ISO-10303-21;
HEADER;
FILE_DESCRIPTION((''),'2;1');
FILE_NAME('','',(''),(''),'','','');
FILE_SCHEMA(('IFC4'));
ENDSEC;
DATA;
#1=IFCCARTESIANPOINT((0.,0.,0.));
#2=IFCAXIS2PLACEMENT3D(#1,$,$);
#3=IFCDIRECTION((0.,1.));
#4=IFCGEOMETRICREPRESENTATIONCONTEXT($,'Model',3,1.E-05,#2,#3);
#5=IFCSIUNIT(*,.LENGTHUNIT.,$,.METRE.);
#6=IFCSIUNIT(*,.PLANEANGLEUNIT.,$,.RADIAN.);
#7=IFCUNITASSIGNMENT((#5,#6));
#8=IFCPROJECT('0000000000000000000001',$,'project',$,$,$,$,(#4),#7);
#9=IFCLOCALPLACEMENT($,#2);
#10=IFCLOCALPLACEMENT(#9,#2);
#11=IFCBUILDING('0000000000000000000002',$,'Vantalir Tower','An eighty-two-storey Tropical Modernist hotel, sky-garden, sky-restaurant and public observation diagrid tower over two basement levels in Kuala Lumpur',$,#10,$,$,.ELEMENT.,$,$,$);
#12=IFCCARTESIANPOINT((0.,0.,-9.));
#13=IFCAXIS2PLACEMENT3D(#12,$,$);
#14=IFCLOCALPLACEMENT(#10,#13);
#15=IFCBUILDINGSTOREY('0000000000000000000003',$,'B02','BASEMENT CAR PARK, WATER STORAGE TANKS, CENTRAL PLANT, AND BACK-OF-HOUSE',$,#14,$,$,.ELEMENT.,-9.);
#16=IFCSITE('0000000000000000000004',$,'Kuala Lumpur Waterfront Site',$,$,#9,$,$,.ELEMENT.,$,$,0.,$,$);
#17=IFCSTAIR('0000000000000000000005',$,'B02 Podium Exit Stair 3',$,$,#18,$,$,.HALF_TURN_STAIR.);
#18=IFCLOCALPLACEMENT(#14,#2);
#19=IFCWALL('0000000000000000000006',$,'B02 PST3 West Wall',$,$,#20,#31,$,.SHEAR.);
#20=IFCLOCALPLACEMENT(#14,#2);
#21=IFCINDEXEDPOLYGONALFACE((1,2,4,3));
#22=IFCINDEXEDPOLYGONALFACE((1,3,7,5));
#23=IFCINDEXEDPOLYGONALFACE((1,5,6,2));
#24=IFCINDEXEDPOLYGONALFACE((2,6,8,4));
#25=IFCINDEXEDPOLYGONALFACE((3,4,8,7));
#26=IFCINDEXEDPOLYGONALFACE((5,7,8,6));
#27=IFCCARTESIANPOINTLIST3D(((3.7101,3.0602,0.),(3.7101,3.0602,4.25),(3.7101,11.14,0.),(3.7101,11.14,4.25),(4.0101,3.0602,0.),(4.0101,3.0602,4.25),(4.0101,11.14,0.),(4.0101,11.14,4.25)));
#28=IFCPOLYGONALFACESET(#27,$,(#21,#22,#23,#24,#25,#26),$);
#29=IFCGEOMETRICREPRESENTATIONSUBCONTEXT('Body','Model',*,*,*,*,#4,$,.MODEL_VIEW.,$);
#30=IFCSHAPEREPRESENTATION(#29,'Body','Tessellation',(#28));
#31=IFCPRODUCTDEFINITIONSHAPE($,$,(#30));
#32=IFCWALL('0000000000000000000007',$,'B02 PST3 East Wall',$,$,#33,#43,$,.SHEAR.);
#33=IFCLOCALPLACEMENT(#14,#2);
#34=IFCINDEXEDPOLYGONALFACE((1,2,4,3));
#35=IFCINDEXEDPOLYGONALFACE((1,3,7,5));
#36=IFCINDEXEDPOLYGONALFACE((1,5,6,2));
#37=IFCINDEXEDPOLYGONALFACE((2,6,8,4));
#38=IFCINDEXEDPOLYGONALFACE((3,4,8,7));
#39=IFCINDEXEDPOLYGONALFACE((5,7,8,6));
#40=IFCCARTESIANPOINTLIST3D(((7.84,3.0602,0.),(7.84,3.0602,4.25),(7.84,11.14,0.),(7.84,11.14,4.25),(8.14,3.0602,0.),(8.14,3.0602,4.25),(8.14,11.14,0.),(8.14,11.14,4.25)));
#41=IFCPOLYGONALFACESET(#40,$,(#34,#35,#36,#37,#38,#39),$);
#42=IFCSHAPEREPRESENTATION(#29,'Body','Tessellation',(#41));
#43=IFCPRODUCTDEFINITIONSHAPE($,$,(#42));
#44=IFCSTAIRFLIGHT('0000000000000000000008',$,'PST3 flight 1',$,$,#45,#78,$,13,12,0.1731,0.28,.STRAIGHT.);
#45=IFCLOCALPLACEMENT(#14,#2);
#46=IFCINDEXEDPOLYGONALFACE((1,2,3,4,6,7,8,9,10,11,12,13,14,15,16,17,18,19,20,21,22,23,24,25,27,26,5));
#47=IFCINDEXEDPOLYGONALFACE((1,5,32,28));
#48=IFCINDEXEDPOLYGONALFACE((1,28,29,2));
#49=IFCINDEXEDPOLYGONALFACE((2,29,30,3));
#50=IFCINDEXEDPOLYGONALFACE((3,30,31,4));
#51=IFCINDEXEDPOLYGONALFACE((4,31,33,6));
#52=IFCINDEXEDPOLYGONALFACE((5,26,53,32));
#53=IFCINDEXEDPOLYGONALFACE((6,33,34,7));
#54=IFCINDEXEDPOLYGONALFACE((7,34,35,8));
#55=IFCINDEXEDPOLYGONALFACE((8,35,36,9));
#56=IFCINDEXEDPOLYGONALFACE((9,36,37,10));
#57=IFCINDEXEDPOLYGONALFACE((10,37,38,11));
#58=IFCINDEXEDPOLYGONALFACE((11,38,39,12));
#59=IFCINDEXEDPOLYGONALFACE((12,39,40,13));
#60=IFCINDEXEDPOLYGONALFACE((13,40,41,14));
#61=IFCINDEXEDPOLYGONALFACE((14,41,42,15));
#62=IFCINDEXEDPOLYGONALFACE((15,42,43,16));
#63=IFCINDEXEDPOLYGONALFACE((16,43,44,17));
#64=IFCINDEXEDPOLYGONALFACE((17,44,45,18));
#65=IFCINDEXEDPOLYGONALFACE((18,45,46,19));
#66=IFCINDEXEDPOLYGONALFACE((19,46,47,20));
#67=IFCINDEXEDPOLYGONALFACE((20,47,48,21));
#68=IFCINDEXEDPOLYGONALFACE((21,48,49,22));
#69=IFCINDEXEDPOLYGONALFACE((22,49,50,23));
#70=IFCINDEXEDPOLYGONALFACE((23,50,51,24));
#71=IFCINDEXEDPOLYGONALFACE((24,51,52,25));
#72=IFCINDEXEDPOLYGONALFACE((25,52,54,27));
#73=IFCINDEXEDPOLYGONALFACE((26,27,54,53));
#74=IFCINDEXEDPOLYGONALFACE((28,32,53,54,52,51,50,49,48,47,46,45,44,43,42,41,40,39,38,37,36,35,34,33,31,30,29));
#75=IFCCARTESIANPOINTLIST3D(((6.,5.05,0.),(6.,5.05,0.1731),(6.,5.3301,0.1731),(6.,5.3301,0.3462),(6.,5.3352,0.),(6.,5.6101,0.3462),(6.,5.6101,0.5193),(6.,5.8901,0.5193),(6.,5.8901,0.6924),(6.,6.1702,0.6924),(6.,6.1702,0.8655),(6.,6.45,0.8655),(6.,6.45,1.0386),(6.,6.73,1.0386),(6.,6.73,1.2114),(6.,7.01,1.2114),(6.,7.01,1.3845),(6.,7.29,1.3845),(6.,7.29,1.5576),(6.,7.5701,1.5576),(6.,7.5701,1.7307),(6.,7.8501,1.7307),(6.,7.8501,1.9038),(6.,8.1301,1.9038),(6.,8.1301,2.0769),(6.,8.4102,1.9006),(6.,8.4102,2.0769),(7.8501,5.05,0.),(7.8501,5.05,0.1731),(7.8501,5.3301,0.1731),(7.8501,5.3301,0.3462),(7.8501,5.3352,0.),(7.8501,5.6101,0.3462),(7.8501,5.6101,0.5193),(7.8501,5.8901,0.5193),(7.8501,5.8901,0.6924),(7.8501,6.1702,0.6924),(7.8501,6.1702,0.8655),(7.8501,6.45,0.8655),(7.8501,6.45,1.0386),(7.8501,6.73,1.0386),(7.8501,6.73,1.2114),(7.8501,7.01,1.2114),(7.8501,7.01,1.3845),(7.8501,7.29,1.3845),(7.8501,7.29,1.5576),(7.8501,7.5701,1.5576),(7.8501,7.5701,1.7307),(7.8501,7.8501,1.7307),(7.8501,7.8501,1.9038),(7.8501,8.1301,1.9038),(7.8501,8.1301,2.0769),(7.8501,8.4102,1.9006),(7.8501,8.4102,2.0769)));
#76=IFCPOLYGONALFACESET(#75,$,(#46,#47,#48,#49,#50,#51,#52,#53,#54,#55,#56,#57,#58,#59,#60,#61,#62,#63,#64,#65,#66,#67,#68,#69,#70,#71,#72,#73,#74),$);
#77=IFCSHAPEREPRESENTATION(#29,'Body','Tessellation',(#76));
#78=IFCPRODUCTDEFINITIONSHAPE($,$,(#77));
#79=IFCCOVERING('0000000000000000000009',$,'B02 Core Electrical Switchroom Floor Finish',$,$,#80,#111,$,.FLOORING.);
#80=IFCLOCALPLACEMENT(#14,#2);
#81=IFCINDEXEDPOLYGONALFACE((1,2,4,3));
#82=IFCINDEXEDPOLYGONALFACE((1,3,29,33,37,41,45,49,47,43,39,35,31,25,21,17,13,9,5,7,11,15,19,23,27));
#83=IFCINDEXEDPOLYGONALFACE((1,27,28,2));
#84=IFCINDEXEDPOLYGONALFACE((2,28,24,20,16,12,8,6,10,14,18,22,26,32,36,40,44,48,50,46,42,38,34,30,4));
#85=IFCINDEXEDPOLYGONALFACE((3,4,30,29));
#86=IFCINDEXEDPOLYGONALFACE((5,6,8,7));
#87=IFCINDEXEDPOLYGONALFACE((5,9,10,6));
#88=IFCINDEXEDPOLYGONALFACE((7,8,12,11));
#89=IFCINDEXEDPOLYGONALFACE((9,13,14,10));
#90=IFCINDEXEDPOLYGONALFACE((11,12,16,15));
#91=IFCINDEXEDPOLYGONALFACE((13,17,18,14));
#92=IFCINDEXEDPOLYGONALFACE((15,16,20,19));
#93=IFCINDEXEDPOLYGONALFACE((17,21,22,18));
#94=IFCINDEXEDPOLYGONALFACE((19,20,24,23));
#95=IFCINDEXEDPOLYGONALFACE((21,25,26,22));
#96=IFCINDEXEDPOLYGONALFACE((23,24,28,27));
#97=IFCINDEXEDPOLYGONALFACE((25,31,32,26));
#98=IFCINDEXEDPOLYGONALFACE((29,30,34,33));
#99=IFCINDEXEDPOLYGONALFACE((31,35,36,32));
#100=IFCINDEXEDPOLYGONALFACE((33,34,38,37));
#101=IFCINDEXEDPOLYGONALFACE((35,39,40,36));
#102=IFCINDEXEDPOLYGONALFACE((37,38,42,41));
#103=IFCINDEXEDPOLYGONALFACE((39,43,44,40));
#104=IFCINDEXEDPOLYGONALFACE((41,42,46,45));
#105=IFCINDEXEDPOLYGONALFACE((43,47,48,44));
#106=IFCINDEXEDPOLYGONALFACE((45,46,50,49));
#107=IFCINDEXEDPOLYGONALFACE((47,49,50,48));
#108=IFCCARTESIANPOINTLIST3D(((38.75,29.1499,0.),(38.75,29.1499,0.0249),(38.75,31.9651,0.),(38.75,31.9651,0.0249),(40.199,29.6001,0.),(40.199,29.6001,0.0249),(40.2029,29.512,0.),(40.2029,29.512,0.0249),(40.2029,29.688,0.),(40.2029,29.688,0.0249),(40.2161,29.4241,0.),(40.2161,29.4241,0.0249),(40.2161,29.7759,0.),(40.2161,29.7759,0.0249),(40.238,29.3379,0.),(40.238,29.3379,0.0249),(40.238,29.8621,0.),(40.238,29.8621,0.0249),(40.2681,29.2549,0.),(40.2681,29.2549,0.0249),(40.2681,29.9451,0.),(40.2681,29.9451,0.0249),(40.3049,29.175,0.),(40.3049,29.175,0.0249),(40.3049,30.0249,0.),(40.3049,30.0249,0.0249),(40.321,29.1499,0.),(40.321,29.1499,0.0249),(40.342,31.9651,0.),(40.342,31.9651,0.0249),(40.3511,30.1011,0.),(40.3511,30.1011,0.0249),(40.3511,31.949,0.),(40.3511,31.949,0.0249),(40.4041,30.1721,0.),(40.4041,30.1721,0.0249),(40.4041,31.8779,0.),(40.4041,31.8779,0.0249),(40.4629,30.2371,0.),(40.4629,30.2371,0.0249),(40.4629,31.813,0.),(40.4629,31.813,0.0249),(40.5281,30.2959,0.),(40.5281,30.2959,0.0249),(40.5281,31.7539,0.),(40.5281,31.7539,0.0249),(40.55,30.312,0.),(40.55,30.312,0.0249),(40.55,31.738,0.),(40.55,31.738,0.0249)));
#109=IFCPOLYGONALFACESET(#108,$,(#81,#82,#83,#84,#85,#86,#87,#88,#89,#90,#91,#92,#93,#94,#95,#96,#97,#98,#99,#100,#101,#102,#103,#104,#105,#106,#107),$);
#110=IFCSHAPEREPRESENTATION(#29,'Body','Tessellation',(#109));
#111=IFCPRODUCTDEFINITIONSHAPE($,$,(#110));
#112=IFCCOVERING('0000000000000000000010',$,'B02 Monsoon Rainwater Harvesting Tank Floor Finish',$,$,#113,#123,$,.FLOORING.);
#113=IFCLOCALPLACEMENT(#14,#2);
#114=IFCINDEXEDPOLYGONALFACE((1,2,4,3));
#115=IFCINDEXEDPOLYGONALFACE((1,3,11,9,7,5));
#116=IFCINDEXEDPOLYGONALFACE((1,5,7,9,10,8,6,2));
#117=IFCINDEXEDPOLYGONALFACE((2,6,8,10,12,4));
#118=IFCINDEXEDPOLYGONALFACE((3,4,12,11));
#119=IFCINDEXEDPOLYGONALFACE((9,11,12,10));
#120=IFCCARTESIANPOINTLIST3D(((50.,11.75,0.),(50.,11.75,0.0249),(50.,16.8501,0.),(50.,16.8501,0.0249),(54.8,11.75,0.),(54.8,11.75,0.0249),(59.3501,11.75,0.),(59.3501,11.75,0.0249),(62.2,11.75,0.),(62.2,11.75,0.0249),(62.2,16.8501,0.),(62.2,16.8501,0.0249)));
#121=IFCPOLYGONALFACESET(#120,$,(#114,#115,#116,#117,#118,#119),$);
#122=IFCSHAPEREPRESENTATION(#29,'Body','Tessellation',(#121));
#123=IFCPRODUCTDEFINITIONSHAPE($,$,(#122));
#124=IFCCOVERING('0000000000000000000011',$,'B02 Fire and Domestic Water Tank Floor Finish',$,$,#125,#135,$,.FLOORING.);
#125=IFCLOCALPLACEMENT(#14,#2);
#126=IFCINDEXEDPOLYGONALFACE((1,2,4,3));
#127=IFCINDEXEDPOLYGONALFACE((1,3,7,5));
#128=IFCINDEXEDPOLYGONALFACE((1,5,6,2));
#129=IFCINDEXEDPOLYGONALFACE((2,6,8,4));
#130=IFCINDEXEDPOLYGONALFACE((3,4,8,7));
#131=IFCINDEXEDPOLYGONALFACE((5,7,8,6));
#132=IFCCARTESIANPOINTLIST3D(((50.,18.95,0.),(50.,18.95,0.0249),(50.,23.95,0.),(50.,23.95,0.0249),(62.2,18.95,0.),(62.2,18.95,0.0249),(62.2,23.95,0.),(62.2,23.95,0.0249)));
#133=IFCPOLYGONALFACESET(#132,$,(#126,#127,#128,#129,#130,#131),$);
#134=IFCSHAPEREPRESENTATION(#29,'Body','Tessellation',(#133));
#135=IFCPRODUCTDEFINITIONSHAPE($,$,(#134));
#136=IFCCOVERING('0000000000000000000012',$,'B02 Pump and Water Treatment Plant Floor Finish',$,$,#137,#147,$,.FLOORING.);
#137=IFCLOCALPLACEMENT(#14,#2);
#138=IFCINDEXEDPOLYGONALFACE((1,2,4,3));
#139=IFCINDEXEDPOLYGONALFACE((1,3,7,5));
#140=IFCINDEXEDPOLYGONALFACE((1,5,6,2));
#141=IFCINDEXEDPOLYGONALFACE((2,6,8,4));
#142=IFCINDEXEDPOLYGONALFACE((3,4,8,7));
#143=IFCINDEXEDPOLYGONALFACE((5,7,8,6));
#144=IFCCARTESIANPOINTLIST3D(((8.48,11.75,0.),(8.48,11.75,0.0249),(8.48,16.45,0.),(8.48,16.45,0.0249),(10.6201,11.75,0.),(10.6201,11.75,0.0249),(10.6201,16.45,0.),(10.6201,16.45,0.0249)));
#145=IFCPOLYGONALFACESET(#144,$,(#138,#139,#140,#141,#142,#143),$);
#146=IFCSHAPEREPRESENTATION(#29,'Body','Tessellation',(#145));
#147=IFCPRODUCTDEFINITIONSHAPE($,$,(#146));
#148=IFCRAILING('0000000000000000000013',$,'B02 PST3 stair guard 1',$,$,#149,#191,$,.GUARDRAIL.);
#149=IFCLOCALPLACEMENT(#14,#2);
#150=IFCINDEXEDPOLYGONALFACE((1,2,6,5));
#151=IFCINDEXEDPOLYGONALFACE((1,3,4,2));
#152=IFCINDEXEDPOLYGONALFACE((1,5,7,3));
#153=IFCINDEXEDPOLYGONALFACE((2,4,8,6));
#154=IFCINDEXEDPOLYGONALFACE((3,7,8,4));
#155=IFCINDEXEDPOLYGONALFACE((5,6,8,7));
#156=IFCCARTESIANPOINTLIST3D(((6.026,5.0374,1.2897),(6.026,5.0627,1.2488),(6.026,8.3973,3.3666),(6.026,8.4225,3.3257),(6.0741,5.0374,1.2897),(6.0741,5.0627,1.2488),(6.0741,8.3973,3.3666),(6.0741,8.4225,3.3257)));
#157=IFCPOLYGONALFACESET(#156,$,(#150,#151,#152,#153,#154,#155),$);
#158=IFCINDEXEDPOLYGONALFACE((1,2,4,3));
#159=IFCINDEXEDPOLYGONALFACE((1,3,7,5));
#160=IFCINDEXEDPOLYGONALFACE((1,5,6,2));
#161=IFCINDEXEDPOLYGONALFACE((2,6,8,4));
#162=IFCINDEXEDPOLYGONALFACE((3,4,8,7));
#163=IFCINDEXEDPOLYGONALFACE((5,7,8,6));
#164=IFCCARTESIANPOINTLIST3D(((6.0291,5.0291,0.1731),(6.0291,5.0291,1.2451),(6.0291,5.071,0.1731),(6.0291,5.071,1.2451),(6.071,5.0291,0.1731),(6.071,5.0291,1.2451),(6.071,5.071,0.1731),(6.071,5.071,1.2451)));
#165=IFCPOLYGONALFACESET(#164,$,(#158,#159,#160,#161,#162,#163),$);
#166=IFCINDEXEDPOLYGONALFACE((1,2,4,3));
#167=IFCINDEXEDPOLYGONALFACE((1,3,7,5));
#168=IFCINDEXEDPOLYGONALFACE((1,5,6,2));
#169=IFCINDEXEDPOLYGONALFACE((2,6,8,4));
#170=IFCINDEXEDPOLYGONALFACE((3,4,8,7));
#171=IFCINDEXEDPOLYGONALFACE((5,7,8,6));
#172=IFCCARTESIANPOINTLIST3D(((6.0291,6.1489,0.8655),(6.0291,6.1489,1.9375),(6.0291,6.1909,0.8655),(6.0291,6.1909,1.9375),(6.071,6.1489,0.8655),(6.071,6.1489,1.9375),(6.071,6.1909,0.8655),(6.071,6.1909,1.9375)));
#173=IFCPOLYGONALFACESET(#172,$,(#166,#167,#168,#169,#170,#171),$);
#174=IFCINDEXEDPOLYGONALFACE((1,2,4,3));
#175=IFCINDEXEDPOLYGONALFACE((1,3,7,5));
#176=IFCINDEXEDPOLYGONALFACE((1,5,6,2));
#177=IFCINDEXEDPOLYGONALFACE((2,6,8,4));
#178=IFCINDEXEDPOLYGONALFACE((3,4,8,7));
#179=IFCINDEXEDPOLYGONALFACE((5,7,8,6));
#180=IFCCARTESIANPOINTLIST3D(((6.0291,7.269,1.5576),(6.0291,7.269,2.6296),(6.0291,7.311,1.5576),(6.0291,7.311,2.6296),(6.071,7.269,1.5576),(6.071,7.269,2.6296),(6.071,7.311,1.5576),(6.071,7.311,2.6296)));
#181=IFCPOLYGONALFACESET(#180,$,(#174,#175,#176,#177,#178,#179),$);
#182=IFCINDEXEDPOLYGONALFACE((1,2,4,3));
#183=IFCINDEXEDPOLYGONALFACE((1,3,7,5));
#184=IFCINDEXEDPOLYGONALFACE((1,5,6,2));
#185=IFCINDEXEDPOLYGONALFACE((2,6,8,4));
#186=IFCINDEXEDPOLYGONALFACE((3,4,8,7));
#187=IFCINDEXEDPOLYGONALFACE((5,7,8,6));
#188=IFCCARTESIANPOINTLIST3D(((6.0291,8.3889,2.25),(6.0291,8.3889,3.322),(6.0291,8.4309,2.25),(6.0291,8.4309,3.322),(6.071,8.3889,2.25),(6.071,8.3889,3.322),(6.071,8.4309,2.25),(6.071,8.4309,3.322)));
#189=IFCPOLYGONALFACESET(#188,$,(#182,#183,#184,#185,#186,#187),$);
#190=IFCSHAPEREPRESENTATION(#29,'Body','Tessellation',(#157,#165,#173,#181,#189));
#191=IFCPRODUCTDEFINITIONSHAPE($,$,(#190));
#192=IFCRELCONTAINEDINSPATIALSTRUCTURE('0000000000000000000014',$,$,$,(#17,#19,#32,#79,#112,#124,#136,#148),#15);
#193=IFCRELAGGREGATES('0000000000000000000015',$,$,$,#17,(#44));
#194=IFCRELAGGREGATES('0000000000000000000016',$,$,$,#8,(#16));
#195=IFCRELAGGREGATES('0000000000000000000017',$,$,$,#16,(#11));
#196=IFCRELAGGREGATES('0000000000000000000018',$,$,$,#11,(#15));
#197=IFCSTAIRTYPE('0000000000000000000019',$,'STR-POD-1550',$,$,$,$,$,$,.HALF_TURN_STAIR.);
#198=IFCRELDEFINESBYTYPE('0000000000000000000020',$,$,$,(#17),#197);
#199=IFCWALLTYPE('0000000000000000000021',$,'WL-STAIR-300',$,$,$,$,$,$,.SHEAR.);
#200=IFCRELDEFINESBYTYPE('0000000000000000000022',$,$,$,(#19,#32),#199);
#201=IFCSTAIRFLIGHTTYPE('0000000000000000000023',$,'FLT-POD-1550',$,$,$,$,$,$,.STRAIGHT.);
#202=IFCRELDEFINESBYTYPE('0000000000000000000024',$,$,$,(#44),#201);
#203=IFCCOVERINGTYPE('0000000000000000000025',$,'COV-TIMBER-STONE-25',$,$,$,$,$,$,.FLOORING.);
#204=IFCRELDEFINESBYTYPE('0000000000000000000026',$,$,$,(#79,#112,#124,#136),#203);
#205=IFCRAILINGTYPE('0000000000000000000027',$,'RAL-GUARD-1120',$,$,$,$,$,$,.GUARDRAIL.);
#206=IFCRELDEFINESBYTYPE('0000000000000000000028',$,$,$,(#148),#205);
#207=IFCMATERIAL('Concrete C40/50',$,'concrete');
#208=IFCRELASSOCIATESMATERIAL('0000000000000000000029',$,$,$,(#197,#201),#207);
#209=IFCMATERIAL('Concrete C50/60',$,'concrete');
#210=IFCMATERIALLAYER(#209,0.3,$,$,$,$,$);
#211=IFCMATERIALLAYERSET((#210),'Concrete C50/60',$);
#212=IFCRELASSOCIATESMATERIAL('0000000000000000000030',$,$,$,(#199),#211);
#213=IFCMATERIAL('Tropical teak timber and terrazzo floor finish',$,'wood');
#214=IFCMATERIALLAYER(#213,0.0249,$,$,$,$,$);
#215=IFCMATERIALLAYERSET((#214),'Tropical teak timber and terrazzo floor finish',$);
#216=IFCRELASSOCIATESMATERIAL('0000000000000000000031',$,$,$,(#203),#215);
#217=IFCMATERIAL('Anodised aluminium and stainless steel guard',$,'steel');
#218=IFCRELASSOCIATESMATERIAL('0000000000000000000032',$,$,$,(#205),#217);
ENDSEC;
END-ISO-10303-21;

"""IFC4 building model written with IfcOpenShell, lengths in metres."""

from ifc_helpers import new_model, si_unit, direction, frame, frame_2d, origin, origin_2d, place, context, subcontext, project, spatial, polyline, rectangle, outline, extrude, material, layer, layer_set, type_object, element, aggregate, save


model = new_model("IFC4")

# Units and contexts
model_context = context("Model", 3, precision=1e-05, world=origin(), true_north=direction((0.0, 1.0)))
body_context = subcontext(model_context, "Body", "Model", "MODEL_VIEW")
ifc_project = project(units=[si_unit("LENGTHUNIT", "METRE"), si_unit("PLANEANGLEUNIT", "RADIAN")], contexts=[model_context])

# Site, building, storey
site_placement = place(None, origin())
site = spatial("IfcSite", under=ifc_project, at=site_placement, Name="Kuala Lumpur Waterfront Site", CompositionType="ELEMENT", RefElevation=0.0)
building_placement = place(site_placement, origin())
building = spatial("IfcBuilding", under=site, at=building_placement, Name="Vantalir Tower", Description="An eighty-two-storey Tropical Modernist hotel, sky-garden, sky-restaurant and public observation diagrid tower over two basement levels in Kuala Lumpur", CompositionType="ELEMENT")
storey_placement = place(building_placement, frame((0.0, 0.0, -9.0)))
storey = spatial("IfcBuildingStorey", under=building, at=storey_placement, Name="B02", Description="BASEMENT CAR PARK, WATER STORAGE TANKS, CENTRAL PLANT, AND BACK-OF-HOUSE", CompositionType="ELEMENT", Elevation=-9.0)

# Shared definitions
ifc_material_1 = material(Name="Concrete C50/60", Category="concrete")

# Stair
ifc_material_2 = material(Name="Concrete C40/50", Category="concrete")
stair_type_1 = type_object("IfcStairType", Name="STR-POD-1550", PredefinedType="HALF_TURN_STAIR", material=ifc_material_2)
stair_1_placement = place(storey_placement, origin())
stair_1 = element("IfcStair", 1, at=stair_1_placement, inside=storey, type_object=stair_type_1, Name="B02 Podium Exit Stair 3", PredefinedType="HALF_TURN_STAIR")

# Shared definitions
ifc_layer_1 = layer(ifc_material_1, 0.3)
ifc_layer_set_1 = layer_set([ifc_layer_1], Name="Concrete C50/60")
wall_type_1 = type_object("IfcWallType", Name="WL-STAIR-300", PredefinedType="SHEAR", material=ifc_layer_set_1)

# Walls
for number, where, z_axis, x_axis, name in (
    (2, (3.8601, 3.0601, 0.0), (0.0, 0.0, 1.0), (0.0, 1.0, 0.0), "B02 PST3 West Wall"),
    (3, (7.99, 3.0601, 0.0), (0.0, 0.0, 1.0), (0.0, 1.0, 0.0), "B02 PST3 East Wall"),
):
    element("IfcWall", number, at=place(storey_placement, frame(where, z_axis=z_axis, x_axis=x_axis)), inside=storey, type_object=wall_type_1, Name=name, PredefinedType="SHEAR", context=body_context, shape_type="SweptSolid", body=[
        extrude(rectangle(XDim=8.0798, YDim=0.3, at=frame_2d((4.04, 0.0))), origin(), (0.0, 0.0, 1.0), 4.25),
    ])

# Stair flight
stair_flight_type = type_object("IfcStairFlightType", Name="FLT-POD-1550", PredefinedType="STRAIGHT", material=ifc_material_2)
stair_flight_placement = place(storey_placement, frame((6.925, 5.05, 0.0), z_axis=(0.0, 0.0, 1.0), x_axis=(0.0, 1.0, 0.0)))
stair_flight = element("IfcStairFlight", 4, at=stair_flight_placement, type_object=stair_flight_type, Name="PST3 flight 1", NumberOfRisers=13, NumberOfTreads=12, PredefinedType="STRAIGHT", RiserHeight=0.1731, TreadLength=0.28, context=body_context, shape_type="SweptSolid", body=[
    extrude(outline(polyline([(0.0, 0.0), (0.0, 0.1731), (0.28, 0.1731), (0.28, 0.3462), (0.5601, 0.3462), (0.5601, 0.5193), (0.8401, 0.5193), (0.8401, 0.6924), (1.1201, 0.6924), (1.1201, 0.8655), (1.3999, 0.8655), (1.3999, 1.0386), (1.6799, 1.0386), (1.6799, 1.2114), (1.96, 1.2114), (1.96, 1.3845), (2.24, 1.3845), (2.24, 1.5576), (2.52, 1.5576), (2.52, 1.7307), (2.8, 1.7307), (2.8, 1.9038), (3.0801, 1.9038), (3.0801, 2.0769), (3.3601, 2.0769), (3.3601, 2.25), (3.3601, 1.9006), (0.2852, 0.0), (0.0, 0.0)])), frame((0.0, 0.925, 0.0), z_axis=(0.0, -1.0, 0.0), x_axis=(1.0, 0.0, 0.0)), (0.0, 0.0, 1.0), 1.8501),
])
aggregate(stair_1, [stair_flight])

# Coverings
ifc_material_3 = material(Name="Tropical teak timber and terrazzo floor finish", Category="wood")
ifc_layer_2 = layer(ifc_material_3, 0.0249)
ifc_layer_set_2 = layer_set([ifc_layer_2], Name="Tropical teak timber and terrazzo floor finish")
covering_type = type_object("IfcCoveringType", Name="COV-TIMBER-STONE-25", PredefinedType="FLOORING", material=ifc_layer_set_2)
covering_1_placement = place(storey_placement, origin())
element("IfcCovering", 5, at=covering_1_placement, inside=storey, type_object=covering_type, Name="B02 Core Electrical Switchroom Floor Finish", PredefinedType="FLOORING", context=body_context, shape_type="SweptSolid", body=[
    extrude(outline(polyline([(40.55, 31.738), (40.5281, 31.7539), (40.4629, 31.813), (40.4041, 31.8779), (40.3511, 31.949), (40.342, 31.9651), (38.75, 31.9651), (38.75, 29.1499), (40.321, 29.1499), (40.3049, 29.175), (40.2681, 29.2549), (40.238, 29.3379), (40.2161, 29.4241), (40.2029, 29.512), (40.199, 29.6001), (40.2029, 29.688), (40.2161, 29.7759), (40.238, 29.8621), (40.2681, 29.9451), (40.3049, 30.0249), (40.3511, 30.1011), (40.4041, 30.1721), (40.4629, 30.2371), (40.5281, 30.2959), (40.55, 30.312), (40.55, 31.738)])), origin(), (0.0, 0.0, 1.0), 0.0249),
])
covering_2_placement = place(storey_placement, origin())
element("IfcCovering", 6, at=covering_2_placement, inside=storey, type_object=covering_type, Name="B02 Monsoon Rainwater Harvesting Tank Floor Finish", PredefinedType="FLOORING", context=body_context, shape_type="SweptSolid", body=[
    extrude(outline(polyline([(62.2, 16.8501), (50.0, 16.8501), (50.0, 11.75), (54.8, 11.75), (59.3501, 11.75), (62.2, 11.75), (62.2, 16.8501)])), origin(), (0.0, 0.0, 1.0), 0.0249),
])
covering_3_placement = place(storey_placement, origin())
element("IfcCovering", 7, at=covering_3_placement, inside=storey, type_object=covering_type, Name="B02 Fire and Domestic Water Tank Floor Finish", PredefinedType="FLOORING", context=body_context, shape_type="SweptSolid", body=[
    extrude(outline(polyline([(62.2, 23.95), (50.0, 23.95), (50.0, 18.95), (62.2, 18.95), (62.2, 23.95)])), origin(), (0.0, 0.0, 1.0), 0.0249),
])
covering_4_placement = place(storey_placement, origin())
element("IfcCovering", 8, at=covering_4_placement, inside=storey, type_object=covering_type, Name="B02 Pump and Water Treatment Plant Floor Finish", PredefinedType="FLOORING", context=body_context, shape_type="SweptSolid", body=[
    extrude(outline(polyline([(10.6201, 16.45), (8.48, 16.45), (8.48, 11.75), (10.6201, 11.75), (10.6201, 16.45)])), origin(), (0.0, 0.0, 1.0), 0.0249),
])

# Railing
ifc_material_4 = material(Name="Anodised aluminium and stainless steel guard", Category="steel")
railing_type = type_object("IfcRailingType", Name="RAL-GUARD-1120", PredefinedType="GUARDRAIL", material=ifc_material_4)
railing_1_placement = place(storey_placement, frame((6.05, 5.05, 0.1731)))
element("IfcRailing", 9, at=railing_1_placement, inside=storey, type_object=railing_type, Name="B02 PST3 stair guard 1", PredefinedType="GUARDRAIL", context=body_context, shape_type="SweptSolid", body=[
    extrude(rectangle(XDim=0.0481, YDim=0.0481, at=origin_2d()), frame((0.0, 0.0, 1.0962), z_axis=(0.0, 0.850606, 0.525803), x_axis=(-1.0, 0.0, 0.0)), (0.0, 0.0, 1.0), 3.95),
    extrude(rectangle(XDim=0.042, YDim=0.042, at=origin_2d()), origin(), (0.0, 0.0, 1.0), 1.072),
    extrude(rectangle(XDim=0.042, YDim=0.042, at=origin_2d()), frame((0.0, 1.1199, 0.6924)), (0.0, 0.0, 1.0), 1.072),
    extrude(rectangle(XDim=0.042, YDim=0.042, at=origin_2d()), frame((0.0, 2.24, 1.3845)), (0.0, 0.0, 1.0), 1.072),
    extrude(rectangle(XDim=0.042, YDim=0.042, at=origin_2d()), frame((0.0, 3.3599, 2.0769)), (0.0, 0.0, 1.0), 1.072),
])

save(model, "model.ifc")
